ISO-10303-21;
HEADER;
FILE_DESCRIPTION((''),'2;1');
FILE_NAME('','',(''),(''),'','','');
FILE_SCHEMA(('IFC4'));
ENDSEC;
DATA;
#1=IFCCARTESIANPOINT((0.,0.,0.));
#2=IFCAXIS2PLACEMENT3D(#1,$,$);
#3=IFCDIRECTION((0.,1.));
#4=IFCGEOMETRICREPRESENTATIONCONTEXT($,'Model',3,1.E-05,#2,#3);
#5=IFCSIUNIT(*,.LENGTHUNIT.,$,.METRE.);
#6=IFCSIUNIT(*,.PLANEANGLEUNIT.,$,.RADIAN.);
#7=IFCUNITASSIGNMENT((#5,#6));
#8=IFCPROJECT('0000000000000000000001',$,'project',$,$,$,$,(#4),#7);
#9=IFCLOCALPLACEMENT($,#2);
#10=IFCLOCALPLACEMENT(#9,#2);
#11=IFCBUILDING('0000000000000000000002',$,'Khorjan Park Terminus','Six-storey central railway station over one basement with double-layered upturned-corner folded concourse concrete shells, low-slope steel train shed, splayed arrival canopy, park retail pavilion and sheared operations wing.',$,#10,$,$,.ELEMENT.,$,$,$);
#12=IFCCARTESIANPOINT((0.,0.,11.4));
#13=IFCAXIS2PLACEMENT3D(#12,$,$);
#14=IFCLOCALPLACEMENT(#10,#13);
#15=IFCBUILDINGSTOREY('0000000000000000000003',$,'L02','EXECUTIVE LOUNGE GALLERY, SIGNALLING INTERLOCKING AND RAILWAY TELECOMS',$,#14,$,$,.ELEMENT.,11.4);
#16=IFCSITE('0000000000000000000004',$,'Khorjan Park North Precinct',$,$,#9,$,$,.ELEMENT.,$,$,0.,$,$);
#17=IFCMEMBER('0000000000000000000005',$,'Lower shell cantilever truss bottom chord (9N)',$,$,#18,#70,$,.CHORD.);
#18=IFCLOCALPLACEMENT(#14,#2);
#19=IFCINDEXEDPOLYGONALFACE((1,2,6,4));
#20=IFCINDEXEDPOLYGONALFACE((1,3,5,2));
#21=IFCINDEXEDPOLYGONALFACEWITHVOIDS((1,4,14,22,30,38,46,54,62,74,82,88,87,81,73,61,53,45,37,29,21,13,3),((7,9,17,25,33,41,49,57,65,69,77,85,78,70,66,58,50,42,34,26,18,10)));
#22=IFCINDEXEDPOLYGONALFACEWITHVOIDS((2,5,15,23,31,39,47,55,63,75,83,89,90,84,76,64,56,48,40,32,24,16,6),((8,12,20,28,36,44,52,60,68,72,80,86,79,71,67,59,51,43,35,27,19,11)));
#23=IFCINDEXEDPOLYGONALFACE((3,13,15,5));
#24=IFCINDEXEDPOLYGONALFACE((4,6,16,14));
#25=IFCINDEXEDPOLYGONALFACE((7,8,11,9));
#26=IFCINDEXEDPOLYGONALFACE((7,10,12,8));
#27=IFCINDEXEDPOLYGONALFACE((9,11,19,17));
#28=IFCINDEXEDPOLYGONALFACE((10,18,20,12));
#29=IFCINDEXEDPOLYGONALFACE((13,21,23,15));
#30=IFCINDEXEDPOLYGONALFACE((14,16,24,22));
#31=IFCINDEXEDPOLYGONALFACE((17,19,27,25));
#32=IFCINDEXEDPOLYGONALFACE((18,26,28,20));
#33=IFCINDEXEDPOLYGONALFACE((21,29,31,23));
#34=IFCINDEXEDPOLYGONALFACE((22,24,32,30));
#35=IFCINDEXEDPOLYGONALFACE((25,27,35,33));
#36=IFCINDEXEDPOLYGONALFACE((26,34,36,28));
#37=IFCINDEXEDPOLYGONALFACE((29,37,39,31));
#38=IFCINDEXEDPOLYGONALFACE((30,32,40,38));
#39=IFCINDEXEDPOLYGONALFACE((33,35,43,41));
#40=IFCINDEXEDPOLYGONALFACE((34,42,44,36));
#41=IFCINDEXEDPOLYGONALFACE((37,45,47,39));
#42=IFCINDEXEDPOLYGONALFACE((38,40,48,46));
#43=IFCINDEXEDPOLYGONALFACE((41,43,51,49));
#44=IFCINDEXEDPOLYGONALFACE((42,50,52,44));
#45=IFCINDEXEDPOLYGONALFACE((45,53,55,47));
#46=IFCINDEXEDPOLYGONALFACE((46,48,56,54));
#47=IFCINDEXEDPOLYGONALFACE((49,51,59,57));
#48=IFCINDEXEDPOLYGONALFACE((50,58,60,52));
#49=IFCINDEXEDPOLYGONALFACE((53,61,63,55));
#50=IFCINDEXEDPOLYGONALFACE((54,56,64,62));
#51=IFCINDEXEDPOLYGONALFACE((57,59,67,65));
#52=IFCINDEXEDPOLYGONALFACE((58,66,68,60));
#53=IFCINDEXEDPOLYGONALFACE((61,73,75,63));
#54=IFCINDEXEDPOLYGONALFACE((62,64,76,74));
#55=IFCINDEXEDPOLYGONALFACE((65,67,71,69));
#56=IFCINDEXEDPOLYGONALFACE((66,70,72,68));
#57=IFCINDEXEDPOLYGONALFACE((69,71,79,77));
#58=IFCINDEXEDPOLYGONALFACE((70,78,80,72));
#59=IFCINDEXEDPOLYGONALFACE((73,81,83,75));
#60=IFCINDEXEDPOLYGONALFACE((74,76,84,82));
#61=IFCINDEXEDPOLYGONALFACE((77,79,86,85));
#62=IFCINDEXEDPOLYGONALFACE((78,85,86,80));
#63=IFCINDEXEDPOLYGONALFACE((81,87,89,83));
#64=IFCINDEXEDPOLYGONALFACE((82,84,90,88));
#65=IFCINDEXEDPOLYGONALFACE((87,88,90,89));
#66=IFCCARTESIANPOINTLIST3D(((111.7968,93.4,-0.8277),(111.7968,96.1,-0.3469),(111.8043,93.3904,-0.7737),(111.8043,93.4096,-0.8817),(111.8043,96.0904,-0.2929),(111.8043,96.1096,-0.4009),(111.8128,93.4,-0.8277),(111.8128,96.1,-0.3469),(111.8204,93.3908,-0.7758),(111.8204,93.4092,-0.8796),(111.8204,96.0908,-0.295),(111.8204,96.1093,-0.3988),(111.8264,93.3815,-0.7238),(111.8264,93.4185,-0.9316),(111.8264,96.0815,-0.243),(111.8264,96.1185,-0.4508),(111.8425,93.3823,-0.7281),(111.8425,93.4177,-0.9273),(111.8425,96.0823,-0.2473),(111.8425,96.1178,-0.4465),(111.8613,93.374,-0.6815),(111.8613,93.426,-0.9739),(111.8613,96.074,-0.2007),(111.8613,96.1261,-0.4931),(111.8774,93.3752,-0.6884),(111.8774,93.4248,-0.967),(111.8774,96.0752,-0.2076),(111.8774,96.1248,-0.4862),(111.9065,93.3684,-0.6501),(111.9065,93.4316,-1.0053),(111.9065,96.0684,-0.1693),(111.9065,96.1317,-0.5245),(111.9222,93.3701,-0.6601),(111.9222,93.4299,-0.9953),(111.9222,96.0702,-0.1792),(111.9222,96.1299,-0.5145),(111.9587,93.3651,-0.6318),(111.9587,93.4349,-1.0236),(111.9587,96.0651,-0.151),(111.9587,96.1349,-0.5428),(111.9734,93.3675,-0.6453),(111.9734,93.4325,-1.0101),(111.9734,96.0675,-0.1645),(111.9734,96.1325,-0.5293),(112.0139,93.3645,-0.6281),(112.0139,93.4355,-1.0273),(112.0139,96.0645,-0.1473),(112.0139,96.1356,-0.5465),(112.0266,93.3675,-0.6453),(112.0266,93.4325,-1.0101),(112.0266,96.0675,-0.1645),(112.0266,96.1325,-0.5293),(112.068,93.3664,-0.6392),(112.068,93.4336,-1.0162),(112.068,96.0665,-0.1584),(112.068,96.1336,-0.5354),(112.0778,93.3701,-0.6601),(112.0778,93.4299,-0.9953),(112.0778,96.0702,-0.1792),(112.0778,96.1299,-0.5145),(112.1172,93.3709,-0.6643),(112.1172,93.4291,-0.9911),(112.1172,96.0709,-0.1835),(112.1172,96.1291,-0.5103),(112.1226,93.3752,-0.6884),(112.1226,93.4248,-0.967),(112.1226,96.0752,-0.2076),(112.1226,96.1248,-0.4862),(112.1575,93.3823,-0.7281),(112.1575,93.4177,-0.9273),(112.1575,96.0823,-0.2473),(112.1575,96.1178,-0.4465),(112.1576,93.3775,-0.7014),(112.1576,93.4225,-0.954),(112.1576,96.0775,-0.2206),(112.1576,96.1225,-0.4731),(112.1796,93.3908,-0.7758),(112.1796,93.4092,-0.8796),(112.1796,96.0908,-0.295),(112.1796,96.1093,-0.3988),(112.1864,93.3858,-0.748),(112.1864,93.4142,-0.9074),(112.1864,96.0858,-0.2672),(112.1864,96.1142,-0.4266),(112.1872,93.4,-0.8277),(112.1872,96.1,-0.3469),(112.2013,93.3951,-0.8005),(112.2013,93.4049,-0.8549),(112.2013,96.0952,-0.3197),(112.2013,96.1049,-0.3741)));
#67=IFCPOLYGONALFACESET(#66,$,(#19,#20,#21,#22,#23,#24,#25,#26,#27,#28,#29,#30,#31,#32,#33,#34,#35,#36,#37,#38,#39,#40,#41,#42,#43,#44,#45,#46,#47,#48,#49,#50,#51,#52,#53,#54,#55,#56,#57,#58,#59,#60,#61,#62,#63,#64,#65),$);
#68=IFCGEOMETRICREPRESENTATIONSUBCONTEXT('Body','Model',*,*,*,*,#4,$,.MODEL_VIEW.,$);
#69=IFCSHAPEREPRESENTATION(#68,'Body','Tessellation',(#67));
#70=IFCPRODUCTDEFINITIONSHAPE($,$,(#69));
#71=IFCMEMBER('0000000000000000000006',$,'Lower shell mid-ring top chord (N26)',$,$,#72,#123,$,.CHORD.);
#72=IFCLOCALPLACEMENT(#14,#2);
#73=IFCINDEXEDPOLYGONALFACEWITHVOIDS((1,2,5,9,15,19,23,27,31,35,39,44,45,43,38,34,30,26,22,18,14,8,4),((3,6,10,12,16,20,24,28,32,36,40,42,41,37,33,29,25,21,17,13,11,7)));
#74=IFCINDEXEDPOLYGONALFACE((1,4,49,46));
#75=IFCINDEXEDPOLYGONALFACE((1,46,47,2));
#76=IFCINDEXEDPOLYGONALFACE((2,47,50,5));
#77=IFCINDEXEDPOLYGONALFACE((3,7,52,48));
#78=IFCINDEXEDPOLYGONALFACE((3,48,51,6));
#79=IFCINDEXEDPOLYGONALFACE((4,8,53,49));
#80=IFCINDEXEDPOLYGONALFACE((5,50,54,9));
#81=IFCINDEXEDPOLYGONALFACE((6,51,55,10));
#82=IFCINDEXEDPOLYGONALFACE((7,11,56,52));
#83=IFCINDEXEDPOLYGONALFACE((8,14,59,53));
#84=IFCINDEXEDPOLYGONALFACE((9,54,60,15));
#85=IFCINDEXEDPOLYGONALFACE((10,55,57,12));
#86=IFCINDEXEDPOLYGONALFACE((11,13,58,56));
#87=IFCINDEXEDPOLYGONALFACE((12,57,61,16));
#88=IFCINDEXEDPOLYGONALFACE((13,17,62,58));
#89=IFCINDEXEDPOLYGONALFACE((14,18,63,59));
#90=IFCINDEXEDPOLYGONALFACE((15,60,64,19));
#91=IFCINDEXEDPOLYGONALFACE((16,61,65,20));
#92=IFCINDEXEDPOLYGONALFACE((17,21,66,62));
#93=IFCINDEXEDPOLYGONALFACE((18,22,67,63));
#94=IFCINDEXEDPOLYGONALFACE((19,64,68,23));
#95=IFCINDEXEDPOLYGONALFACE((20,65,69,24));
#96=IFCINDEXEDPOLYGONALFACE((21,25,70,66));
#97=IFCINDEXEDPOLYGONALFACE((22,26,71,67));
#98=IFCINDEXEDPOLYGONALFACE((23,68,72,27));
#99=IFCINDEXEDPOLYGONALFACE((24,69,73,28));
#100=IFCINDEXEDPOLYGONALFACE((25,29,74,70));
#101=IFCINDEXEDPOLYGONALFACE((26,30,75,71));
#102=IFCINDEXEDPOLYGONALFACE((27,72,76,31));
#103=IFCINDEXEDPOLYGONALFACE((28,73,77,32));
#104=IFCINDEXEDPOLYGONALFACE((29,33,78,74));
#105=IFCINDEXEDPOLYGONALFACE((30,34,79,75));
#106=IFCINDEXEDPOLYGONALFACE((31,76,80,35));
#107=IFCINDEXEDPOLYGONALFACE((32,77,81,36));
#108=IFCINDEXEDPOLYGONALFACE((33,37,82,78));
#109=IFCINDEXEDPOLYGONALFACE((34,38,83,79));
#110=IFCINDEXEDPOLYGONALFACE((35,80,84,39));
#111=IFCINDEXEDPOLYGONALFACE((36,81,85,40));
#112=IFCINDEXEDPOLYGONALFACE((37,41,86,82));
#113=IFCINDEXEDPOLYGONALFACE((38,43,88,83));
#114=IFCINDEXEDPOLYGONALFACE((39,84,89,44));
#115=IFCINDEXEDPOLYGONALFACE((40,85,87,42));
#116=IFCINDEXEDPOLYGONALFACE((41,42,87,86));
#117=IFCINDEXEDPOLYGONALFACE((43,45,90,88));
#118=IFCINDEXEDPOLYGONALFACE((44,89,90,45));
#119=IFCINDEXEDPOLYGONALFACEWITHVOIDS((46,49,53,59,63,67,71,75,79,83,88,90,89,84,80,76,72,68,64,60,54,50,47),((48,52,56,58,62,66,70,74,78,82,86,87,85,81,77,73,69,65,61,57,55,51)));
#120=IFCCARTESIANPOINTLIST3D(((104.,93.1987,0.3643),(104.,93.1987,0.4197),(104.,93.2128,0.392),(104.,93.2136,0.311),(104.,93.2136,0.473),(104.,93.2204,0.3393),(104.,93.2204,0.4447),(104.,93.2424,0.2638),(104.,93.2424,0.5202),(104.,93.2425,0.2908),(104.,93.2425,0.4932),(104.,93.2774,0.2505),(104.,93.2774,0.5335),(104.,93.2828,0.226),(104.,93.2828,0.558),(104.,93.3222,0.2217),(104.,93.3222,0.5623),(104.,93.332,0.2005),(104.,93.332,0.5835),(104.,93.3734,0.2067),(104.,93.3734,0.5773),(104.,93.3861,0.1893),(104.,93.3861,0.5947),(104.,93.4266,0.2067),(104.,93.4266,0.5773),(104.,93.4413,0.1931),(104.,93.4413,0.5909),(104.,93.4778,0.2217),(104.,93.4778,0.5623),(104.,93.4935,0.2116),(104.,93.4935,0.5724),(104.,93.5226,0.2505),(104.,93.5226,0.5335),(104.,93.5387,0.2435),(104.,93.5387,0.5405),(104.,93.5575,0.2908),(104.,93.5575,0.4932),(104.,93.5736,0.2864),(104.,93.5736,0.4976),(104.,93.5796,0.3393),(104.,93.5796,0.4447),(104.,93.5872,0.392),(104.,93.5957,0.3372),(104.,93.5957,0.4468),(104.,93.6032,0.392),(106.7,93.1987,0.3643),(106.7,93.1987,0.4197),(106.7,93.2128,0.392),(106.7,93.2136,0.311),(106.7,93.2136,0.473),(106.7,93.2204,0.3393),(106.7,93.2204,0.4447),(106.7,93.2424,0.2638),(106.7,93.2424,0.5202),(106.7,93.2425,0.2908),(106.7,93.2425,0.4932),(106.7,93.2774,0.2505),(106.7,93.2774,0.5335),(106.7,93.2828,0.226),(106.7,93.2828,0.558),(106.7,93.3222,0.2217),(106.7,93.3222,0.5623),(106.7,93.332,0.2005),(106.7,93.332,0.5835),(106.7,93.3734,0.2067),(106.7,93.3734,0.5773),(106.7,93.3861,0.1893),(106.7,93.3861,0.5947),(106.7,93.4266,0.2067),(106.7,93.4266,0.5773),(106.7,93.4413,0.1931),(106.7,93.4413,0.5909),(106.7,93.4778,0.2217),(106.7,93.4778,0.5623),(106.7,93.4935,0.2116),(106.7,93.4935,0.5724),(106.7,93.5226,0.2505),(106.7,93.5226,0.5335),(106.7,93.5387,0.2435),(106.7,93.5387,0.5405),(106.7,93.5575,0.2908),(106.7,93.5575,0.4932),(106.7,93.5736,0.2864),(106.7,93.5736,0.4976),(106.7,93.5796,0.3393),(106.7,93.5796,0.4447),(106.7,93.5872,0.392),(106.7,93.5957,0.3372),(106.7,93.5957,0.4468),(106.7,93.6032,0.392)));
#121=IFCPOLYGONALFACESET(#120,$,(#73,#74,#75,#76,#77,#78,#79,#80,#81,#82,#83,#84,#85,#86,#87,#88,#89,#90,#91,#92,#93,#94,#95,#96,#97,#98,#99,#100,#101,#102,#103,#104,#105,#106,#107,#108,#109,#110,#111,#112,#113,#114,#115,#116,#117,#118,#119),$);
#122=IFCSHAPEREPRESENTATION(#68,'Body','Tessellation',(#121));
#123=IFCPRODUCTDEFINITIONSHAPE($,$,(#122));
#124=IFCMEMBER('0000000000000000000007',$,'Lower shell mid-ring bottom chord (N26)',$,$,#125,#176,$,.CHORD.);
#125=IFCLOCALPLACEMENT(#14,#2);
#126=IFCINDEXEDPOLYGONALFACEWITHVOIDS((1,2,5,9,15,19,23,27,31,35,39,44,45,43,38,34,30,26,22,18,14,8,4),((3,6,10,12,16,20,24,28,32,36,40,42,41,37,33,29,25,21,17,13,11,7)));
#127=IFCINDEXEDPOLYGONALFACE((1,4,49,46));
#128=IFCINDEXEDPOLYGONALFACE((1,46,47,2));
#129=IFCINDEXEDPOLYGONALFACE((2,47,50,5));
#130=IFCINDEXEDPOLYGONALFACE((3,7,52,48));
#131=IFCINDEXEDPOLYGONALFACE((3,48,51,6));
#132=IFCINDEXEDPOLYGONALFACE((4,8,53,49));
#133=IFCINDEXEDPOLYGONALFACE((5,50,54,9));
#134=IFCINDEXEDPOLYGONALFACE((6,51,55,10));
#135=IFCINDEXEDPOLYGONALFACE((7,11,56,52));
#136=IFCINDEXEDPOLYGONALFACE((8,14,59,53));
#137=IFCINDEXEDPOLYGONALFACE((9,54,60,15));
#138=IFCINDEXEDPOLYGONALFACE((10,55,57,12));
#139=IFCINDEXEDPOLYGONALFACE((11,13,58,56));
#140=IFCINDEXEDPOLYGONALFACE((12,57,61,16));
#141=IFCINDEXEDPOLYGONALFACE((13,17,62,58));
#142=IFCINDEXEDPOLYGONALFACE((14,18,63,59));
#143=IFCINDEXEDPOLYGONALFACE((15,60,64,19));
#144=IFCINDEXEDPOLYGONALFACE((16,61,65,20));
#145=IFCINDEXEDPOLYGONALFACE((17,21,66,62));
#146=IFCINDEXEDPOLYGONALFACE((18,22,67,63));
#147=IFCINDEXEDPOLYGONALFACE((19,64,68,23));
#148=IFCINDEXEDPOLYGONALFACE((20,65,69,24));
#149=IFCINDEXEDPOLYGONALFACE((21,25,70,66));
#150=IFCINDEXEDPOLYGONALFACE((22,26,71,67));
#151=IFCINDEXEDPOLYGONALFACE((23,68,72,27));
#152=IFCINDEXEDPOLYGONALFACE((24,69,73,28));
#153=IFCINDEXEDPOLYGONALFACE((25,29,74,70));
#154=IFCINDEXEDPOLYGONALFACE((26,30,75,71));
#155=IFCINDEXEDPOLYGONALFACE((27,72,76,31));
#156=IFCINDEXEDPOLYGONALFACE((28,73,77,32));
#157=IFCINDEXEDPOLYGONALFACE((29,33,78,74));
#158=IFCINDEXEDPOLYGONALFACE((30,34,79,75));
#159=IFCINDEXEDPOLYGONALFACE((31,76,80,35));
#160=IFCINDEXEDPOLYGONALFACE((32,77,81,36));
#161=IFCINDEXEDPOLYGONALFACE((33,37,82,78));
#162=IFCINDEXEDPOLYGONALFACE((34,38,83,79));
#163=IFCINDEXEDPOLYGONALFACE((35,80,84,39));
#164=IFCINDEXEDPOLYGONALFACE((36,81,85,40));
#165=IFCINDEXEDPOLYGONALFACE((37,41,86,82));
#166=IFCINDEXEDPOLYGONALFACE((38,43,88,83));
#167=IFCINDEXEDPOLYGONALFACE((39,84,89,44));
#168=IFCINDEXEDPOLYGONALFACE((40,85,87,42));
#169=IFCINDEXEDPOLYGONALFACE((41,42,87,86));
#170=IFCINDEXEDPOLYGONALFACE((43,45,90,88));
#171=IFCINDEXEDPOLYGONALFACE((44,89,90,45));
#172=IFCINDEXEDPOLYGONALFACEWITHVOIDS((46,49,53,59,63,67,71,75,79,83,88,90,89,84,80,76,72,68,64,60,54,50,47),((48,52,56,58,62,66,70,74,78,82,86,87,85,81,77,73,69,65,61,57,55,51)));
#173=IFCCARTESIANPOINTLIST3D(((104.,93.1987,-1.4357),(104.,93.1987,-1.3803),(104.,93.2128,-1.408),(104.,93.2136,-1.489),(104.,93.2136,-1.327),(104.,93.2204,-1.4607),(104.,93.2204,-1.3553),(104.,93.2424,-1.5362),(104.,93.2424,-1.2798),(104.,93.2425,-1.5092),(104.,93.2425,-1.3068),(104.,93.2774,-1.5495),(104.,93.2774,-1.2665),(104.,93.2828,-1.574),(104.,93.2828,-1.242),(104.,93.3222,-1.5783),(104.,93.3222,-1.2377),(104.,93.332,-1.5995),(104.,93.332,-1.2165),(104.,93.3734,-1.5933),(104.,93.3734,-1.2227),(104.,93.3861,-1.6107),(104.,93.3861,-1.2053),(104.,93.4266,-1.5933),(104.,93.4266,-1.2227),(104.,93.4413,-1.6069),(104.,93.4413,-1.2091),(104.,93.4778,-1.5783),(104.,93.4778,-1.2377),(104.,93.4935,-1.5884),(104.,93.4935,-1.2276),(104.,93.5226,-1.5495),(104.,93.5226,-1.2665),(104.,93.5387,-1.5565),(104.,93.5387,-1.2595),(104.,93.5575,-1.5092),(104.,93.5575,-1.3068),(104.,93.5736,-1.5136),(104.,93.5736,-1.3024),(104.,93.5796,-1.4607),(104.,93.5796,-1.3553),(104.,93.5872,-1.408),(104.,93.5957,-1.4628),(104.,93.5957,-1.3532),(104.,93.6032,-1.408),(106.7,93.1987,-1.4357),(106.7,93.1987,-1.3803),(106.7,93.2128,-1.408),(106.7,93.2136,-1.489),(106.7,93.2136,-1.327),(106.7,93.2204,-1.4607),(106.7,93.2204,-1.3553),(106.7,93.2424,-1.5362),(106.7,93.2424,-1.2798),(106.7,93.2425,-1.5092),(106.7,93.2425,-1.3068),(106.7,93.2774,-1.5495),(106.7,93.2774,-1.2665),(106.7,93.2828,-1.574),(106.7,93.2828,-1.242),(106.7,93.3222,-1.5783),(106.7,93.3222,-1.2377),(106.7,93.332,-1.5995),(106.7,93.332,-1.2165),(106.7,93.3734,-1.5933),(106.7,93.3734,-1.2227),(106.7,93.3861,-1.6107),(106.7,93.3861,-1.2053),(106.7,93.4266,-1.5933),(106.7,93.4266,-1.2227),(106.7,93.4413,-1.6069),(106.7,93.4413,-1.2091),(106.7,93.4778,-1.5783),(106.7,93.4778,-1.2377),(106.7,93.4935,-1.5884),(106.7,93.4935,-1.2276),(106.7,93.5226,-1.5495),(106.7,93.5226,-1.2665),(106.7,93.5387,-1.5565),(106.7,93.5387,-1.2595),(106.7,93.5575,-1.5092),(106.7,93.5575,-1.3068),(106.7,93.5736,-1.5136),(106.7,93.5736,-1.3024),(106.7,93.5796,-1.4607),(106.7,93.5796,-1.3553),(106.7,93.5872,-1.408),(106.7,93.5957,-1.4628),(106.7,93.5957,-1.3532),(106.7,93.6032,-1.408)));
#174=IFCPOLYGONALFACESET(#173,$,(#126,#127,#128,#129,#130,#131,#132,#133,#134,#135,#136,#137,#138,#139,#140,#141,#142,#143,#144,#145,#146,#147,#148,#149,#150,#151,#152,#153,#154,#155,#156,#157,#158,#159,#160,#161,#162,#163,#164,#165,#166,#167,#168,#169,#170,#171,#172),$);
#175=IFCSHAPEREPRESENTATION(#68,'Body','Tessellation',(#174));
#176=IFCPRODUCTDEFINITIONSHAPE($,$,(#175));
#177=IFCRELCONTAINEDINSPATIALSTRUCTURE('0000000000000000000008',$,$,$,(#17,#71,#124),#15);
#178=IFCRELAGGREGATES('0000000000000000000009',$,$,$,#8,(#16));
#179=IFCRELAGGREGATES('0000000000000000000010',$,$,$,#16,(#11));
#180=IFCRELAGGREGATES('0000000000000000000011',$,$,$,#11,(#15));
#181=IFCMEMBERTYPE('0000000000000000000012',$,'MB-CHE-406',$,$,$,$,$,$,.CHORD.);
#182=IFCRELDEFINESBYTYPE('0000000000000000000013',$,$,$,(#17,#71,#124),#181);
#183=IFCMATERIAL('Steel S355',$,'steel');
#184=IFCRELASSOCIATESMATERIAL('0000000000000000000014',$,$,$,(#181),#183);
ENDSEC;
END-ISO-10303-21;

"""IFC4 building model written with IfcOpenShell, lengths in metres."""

from ifc_helpers import new_model, si_unit, direction, frame, origin, origin_2d, place, context, subcontext, project, spatial, hollow_circle, extrude, material, material_profile, profile_set, type_object, element, save


model = new_model("IFC4")

# Units and contexts
model_context = context("Model", 3, precision=1e-05, world=origin(), true_north=direction((0.0, 1.0)))
body_context = subcontext(model_context, "Body", "Model", "MODEL_VIEW")
ifc_project = project(units=[si_unit("LENGTHUNIT", "METRE"), si_unit("PLANEANGLEUNIT", "RADIAN")], contexts=[model_context])

# Site, building, storey
site_placement = place(None, origin())
site = spatial("IfcSite", under=ifc_project, at=site_placement, Name="Khorjan Park North Precinct", CompositionType="ELEMENT", RefElevation=0.0)
building_placement = place(site_placement, origin())
building = spatial("IfcBuilding", under=site, at=building_placement, Name="Khorjan Park Terminus", Description="Six-storey central railway station over one basement with double-layered upturned-corner folded concourse concrete shells, low-slope steel train shed, splayed arrival canopy, park retail pavilion and sheared operations wing.", CompositionType="ELEMENT")
storey_placement = place(building_placement, frame((0.0, 0.0, 11.4)))
storey = spatial("IfcBuildingStorey", under=building, at=storey_placement, Name="L02", Description="EXECUTIVE LOUNGE GALLERY, SIGNALLING INTERLOCKING AND RAILWAY TELECOMS", CompositionType="ELEMENT", Elevation=11.4)

# Members
ifc_material_1 = material(Name="Steel S355", Category="steel")
ifc_material_profile_1 = material_profile(ifc_material_1, hollow_circle(Radius=0.2032, WallThickness=0.016, at=origin_2d()), Name="CHS 406.4x16")
ifc_profile_set_1 = profile_set([ifc_material_profile_1], Name="Steel S355")
member_type_1 = type_object("IfcMemberType", Name="MB-CHE-406", PredefinedType="CHORD", material=ifc_profile_set_1)
for number, where, z_axis, x_axis, name in (
    (1, (112.0, 93.4, -0.8277), (0.0, 0.984512, 0.175316), (-1.0, 0.0, 0.0), "Lower shell cantilever truss bottom chord (9N)"),
):
    element("IfcMember", number, at=place(storey_placement, frame(where, z_axis=z_axis, x_axis=x_axis)), inside=storey, type_object=member_type_1, Name=name, PredefinedType="CHORD", context=body_context, shape_type="SweptSolid", body=[
        extrude(hollow_circle(Radius=0.2032, WallThickness=0.016, at=origin_2d()), origin(), (0.0, 0.0, 1.0), 2.7425),
    ])
for number, where, z_axis, x_axis, name in (
    (2, (104.0, 93.4, 0.392), (1.0, 0.0, 0.0), (0.0, 1.0, 0.0), "Lower shell mid-ring top chord (N26)"),
    (3, (104.0, 93.4, -1.408), (1.0, 0.0, 0.0), (0.0, 1.0, 0.0), "Lower shell mid-ring bottom chord (N26)"),
):
    element("IfcMember", number, at=place(storey_placement, frame(where, z_axis=z_axis, x_axis=x_axis)), inside=storey, type_object=member_type_1, Name=name, PredefinedType="CHORD", context=body_context, shape_type="SweptSolid", body=[
        extrude(hollow_circle(Radius=0.2032, WallThickness=0.016, at=origin_2d()), origin(), (0.0, 0.0, 1.0), 2.7),
    ])

save(model, "model.ifc")
